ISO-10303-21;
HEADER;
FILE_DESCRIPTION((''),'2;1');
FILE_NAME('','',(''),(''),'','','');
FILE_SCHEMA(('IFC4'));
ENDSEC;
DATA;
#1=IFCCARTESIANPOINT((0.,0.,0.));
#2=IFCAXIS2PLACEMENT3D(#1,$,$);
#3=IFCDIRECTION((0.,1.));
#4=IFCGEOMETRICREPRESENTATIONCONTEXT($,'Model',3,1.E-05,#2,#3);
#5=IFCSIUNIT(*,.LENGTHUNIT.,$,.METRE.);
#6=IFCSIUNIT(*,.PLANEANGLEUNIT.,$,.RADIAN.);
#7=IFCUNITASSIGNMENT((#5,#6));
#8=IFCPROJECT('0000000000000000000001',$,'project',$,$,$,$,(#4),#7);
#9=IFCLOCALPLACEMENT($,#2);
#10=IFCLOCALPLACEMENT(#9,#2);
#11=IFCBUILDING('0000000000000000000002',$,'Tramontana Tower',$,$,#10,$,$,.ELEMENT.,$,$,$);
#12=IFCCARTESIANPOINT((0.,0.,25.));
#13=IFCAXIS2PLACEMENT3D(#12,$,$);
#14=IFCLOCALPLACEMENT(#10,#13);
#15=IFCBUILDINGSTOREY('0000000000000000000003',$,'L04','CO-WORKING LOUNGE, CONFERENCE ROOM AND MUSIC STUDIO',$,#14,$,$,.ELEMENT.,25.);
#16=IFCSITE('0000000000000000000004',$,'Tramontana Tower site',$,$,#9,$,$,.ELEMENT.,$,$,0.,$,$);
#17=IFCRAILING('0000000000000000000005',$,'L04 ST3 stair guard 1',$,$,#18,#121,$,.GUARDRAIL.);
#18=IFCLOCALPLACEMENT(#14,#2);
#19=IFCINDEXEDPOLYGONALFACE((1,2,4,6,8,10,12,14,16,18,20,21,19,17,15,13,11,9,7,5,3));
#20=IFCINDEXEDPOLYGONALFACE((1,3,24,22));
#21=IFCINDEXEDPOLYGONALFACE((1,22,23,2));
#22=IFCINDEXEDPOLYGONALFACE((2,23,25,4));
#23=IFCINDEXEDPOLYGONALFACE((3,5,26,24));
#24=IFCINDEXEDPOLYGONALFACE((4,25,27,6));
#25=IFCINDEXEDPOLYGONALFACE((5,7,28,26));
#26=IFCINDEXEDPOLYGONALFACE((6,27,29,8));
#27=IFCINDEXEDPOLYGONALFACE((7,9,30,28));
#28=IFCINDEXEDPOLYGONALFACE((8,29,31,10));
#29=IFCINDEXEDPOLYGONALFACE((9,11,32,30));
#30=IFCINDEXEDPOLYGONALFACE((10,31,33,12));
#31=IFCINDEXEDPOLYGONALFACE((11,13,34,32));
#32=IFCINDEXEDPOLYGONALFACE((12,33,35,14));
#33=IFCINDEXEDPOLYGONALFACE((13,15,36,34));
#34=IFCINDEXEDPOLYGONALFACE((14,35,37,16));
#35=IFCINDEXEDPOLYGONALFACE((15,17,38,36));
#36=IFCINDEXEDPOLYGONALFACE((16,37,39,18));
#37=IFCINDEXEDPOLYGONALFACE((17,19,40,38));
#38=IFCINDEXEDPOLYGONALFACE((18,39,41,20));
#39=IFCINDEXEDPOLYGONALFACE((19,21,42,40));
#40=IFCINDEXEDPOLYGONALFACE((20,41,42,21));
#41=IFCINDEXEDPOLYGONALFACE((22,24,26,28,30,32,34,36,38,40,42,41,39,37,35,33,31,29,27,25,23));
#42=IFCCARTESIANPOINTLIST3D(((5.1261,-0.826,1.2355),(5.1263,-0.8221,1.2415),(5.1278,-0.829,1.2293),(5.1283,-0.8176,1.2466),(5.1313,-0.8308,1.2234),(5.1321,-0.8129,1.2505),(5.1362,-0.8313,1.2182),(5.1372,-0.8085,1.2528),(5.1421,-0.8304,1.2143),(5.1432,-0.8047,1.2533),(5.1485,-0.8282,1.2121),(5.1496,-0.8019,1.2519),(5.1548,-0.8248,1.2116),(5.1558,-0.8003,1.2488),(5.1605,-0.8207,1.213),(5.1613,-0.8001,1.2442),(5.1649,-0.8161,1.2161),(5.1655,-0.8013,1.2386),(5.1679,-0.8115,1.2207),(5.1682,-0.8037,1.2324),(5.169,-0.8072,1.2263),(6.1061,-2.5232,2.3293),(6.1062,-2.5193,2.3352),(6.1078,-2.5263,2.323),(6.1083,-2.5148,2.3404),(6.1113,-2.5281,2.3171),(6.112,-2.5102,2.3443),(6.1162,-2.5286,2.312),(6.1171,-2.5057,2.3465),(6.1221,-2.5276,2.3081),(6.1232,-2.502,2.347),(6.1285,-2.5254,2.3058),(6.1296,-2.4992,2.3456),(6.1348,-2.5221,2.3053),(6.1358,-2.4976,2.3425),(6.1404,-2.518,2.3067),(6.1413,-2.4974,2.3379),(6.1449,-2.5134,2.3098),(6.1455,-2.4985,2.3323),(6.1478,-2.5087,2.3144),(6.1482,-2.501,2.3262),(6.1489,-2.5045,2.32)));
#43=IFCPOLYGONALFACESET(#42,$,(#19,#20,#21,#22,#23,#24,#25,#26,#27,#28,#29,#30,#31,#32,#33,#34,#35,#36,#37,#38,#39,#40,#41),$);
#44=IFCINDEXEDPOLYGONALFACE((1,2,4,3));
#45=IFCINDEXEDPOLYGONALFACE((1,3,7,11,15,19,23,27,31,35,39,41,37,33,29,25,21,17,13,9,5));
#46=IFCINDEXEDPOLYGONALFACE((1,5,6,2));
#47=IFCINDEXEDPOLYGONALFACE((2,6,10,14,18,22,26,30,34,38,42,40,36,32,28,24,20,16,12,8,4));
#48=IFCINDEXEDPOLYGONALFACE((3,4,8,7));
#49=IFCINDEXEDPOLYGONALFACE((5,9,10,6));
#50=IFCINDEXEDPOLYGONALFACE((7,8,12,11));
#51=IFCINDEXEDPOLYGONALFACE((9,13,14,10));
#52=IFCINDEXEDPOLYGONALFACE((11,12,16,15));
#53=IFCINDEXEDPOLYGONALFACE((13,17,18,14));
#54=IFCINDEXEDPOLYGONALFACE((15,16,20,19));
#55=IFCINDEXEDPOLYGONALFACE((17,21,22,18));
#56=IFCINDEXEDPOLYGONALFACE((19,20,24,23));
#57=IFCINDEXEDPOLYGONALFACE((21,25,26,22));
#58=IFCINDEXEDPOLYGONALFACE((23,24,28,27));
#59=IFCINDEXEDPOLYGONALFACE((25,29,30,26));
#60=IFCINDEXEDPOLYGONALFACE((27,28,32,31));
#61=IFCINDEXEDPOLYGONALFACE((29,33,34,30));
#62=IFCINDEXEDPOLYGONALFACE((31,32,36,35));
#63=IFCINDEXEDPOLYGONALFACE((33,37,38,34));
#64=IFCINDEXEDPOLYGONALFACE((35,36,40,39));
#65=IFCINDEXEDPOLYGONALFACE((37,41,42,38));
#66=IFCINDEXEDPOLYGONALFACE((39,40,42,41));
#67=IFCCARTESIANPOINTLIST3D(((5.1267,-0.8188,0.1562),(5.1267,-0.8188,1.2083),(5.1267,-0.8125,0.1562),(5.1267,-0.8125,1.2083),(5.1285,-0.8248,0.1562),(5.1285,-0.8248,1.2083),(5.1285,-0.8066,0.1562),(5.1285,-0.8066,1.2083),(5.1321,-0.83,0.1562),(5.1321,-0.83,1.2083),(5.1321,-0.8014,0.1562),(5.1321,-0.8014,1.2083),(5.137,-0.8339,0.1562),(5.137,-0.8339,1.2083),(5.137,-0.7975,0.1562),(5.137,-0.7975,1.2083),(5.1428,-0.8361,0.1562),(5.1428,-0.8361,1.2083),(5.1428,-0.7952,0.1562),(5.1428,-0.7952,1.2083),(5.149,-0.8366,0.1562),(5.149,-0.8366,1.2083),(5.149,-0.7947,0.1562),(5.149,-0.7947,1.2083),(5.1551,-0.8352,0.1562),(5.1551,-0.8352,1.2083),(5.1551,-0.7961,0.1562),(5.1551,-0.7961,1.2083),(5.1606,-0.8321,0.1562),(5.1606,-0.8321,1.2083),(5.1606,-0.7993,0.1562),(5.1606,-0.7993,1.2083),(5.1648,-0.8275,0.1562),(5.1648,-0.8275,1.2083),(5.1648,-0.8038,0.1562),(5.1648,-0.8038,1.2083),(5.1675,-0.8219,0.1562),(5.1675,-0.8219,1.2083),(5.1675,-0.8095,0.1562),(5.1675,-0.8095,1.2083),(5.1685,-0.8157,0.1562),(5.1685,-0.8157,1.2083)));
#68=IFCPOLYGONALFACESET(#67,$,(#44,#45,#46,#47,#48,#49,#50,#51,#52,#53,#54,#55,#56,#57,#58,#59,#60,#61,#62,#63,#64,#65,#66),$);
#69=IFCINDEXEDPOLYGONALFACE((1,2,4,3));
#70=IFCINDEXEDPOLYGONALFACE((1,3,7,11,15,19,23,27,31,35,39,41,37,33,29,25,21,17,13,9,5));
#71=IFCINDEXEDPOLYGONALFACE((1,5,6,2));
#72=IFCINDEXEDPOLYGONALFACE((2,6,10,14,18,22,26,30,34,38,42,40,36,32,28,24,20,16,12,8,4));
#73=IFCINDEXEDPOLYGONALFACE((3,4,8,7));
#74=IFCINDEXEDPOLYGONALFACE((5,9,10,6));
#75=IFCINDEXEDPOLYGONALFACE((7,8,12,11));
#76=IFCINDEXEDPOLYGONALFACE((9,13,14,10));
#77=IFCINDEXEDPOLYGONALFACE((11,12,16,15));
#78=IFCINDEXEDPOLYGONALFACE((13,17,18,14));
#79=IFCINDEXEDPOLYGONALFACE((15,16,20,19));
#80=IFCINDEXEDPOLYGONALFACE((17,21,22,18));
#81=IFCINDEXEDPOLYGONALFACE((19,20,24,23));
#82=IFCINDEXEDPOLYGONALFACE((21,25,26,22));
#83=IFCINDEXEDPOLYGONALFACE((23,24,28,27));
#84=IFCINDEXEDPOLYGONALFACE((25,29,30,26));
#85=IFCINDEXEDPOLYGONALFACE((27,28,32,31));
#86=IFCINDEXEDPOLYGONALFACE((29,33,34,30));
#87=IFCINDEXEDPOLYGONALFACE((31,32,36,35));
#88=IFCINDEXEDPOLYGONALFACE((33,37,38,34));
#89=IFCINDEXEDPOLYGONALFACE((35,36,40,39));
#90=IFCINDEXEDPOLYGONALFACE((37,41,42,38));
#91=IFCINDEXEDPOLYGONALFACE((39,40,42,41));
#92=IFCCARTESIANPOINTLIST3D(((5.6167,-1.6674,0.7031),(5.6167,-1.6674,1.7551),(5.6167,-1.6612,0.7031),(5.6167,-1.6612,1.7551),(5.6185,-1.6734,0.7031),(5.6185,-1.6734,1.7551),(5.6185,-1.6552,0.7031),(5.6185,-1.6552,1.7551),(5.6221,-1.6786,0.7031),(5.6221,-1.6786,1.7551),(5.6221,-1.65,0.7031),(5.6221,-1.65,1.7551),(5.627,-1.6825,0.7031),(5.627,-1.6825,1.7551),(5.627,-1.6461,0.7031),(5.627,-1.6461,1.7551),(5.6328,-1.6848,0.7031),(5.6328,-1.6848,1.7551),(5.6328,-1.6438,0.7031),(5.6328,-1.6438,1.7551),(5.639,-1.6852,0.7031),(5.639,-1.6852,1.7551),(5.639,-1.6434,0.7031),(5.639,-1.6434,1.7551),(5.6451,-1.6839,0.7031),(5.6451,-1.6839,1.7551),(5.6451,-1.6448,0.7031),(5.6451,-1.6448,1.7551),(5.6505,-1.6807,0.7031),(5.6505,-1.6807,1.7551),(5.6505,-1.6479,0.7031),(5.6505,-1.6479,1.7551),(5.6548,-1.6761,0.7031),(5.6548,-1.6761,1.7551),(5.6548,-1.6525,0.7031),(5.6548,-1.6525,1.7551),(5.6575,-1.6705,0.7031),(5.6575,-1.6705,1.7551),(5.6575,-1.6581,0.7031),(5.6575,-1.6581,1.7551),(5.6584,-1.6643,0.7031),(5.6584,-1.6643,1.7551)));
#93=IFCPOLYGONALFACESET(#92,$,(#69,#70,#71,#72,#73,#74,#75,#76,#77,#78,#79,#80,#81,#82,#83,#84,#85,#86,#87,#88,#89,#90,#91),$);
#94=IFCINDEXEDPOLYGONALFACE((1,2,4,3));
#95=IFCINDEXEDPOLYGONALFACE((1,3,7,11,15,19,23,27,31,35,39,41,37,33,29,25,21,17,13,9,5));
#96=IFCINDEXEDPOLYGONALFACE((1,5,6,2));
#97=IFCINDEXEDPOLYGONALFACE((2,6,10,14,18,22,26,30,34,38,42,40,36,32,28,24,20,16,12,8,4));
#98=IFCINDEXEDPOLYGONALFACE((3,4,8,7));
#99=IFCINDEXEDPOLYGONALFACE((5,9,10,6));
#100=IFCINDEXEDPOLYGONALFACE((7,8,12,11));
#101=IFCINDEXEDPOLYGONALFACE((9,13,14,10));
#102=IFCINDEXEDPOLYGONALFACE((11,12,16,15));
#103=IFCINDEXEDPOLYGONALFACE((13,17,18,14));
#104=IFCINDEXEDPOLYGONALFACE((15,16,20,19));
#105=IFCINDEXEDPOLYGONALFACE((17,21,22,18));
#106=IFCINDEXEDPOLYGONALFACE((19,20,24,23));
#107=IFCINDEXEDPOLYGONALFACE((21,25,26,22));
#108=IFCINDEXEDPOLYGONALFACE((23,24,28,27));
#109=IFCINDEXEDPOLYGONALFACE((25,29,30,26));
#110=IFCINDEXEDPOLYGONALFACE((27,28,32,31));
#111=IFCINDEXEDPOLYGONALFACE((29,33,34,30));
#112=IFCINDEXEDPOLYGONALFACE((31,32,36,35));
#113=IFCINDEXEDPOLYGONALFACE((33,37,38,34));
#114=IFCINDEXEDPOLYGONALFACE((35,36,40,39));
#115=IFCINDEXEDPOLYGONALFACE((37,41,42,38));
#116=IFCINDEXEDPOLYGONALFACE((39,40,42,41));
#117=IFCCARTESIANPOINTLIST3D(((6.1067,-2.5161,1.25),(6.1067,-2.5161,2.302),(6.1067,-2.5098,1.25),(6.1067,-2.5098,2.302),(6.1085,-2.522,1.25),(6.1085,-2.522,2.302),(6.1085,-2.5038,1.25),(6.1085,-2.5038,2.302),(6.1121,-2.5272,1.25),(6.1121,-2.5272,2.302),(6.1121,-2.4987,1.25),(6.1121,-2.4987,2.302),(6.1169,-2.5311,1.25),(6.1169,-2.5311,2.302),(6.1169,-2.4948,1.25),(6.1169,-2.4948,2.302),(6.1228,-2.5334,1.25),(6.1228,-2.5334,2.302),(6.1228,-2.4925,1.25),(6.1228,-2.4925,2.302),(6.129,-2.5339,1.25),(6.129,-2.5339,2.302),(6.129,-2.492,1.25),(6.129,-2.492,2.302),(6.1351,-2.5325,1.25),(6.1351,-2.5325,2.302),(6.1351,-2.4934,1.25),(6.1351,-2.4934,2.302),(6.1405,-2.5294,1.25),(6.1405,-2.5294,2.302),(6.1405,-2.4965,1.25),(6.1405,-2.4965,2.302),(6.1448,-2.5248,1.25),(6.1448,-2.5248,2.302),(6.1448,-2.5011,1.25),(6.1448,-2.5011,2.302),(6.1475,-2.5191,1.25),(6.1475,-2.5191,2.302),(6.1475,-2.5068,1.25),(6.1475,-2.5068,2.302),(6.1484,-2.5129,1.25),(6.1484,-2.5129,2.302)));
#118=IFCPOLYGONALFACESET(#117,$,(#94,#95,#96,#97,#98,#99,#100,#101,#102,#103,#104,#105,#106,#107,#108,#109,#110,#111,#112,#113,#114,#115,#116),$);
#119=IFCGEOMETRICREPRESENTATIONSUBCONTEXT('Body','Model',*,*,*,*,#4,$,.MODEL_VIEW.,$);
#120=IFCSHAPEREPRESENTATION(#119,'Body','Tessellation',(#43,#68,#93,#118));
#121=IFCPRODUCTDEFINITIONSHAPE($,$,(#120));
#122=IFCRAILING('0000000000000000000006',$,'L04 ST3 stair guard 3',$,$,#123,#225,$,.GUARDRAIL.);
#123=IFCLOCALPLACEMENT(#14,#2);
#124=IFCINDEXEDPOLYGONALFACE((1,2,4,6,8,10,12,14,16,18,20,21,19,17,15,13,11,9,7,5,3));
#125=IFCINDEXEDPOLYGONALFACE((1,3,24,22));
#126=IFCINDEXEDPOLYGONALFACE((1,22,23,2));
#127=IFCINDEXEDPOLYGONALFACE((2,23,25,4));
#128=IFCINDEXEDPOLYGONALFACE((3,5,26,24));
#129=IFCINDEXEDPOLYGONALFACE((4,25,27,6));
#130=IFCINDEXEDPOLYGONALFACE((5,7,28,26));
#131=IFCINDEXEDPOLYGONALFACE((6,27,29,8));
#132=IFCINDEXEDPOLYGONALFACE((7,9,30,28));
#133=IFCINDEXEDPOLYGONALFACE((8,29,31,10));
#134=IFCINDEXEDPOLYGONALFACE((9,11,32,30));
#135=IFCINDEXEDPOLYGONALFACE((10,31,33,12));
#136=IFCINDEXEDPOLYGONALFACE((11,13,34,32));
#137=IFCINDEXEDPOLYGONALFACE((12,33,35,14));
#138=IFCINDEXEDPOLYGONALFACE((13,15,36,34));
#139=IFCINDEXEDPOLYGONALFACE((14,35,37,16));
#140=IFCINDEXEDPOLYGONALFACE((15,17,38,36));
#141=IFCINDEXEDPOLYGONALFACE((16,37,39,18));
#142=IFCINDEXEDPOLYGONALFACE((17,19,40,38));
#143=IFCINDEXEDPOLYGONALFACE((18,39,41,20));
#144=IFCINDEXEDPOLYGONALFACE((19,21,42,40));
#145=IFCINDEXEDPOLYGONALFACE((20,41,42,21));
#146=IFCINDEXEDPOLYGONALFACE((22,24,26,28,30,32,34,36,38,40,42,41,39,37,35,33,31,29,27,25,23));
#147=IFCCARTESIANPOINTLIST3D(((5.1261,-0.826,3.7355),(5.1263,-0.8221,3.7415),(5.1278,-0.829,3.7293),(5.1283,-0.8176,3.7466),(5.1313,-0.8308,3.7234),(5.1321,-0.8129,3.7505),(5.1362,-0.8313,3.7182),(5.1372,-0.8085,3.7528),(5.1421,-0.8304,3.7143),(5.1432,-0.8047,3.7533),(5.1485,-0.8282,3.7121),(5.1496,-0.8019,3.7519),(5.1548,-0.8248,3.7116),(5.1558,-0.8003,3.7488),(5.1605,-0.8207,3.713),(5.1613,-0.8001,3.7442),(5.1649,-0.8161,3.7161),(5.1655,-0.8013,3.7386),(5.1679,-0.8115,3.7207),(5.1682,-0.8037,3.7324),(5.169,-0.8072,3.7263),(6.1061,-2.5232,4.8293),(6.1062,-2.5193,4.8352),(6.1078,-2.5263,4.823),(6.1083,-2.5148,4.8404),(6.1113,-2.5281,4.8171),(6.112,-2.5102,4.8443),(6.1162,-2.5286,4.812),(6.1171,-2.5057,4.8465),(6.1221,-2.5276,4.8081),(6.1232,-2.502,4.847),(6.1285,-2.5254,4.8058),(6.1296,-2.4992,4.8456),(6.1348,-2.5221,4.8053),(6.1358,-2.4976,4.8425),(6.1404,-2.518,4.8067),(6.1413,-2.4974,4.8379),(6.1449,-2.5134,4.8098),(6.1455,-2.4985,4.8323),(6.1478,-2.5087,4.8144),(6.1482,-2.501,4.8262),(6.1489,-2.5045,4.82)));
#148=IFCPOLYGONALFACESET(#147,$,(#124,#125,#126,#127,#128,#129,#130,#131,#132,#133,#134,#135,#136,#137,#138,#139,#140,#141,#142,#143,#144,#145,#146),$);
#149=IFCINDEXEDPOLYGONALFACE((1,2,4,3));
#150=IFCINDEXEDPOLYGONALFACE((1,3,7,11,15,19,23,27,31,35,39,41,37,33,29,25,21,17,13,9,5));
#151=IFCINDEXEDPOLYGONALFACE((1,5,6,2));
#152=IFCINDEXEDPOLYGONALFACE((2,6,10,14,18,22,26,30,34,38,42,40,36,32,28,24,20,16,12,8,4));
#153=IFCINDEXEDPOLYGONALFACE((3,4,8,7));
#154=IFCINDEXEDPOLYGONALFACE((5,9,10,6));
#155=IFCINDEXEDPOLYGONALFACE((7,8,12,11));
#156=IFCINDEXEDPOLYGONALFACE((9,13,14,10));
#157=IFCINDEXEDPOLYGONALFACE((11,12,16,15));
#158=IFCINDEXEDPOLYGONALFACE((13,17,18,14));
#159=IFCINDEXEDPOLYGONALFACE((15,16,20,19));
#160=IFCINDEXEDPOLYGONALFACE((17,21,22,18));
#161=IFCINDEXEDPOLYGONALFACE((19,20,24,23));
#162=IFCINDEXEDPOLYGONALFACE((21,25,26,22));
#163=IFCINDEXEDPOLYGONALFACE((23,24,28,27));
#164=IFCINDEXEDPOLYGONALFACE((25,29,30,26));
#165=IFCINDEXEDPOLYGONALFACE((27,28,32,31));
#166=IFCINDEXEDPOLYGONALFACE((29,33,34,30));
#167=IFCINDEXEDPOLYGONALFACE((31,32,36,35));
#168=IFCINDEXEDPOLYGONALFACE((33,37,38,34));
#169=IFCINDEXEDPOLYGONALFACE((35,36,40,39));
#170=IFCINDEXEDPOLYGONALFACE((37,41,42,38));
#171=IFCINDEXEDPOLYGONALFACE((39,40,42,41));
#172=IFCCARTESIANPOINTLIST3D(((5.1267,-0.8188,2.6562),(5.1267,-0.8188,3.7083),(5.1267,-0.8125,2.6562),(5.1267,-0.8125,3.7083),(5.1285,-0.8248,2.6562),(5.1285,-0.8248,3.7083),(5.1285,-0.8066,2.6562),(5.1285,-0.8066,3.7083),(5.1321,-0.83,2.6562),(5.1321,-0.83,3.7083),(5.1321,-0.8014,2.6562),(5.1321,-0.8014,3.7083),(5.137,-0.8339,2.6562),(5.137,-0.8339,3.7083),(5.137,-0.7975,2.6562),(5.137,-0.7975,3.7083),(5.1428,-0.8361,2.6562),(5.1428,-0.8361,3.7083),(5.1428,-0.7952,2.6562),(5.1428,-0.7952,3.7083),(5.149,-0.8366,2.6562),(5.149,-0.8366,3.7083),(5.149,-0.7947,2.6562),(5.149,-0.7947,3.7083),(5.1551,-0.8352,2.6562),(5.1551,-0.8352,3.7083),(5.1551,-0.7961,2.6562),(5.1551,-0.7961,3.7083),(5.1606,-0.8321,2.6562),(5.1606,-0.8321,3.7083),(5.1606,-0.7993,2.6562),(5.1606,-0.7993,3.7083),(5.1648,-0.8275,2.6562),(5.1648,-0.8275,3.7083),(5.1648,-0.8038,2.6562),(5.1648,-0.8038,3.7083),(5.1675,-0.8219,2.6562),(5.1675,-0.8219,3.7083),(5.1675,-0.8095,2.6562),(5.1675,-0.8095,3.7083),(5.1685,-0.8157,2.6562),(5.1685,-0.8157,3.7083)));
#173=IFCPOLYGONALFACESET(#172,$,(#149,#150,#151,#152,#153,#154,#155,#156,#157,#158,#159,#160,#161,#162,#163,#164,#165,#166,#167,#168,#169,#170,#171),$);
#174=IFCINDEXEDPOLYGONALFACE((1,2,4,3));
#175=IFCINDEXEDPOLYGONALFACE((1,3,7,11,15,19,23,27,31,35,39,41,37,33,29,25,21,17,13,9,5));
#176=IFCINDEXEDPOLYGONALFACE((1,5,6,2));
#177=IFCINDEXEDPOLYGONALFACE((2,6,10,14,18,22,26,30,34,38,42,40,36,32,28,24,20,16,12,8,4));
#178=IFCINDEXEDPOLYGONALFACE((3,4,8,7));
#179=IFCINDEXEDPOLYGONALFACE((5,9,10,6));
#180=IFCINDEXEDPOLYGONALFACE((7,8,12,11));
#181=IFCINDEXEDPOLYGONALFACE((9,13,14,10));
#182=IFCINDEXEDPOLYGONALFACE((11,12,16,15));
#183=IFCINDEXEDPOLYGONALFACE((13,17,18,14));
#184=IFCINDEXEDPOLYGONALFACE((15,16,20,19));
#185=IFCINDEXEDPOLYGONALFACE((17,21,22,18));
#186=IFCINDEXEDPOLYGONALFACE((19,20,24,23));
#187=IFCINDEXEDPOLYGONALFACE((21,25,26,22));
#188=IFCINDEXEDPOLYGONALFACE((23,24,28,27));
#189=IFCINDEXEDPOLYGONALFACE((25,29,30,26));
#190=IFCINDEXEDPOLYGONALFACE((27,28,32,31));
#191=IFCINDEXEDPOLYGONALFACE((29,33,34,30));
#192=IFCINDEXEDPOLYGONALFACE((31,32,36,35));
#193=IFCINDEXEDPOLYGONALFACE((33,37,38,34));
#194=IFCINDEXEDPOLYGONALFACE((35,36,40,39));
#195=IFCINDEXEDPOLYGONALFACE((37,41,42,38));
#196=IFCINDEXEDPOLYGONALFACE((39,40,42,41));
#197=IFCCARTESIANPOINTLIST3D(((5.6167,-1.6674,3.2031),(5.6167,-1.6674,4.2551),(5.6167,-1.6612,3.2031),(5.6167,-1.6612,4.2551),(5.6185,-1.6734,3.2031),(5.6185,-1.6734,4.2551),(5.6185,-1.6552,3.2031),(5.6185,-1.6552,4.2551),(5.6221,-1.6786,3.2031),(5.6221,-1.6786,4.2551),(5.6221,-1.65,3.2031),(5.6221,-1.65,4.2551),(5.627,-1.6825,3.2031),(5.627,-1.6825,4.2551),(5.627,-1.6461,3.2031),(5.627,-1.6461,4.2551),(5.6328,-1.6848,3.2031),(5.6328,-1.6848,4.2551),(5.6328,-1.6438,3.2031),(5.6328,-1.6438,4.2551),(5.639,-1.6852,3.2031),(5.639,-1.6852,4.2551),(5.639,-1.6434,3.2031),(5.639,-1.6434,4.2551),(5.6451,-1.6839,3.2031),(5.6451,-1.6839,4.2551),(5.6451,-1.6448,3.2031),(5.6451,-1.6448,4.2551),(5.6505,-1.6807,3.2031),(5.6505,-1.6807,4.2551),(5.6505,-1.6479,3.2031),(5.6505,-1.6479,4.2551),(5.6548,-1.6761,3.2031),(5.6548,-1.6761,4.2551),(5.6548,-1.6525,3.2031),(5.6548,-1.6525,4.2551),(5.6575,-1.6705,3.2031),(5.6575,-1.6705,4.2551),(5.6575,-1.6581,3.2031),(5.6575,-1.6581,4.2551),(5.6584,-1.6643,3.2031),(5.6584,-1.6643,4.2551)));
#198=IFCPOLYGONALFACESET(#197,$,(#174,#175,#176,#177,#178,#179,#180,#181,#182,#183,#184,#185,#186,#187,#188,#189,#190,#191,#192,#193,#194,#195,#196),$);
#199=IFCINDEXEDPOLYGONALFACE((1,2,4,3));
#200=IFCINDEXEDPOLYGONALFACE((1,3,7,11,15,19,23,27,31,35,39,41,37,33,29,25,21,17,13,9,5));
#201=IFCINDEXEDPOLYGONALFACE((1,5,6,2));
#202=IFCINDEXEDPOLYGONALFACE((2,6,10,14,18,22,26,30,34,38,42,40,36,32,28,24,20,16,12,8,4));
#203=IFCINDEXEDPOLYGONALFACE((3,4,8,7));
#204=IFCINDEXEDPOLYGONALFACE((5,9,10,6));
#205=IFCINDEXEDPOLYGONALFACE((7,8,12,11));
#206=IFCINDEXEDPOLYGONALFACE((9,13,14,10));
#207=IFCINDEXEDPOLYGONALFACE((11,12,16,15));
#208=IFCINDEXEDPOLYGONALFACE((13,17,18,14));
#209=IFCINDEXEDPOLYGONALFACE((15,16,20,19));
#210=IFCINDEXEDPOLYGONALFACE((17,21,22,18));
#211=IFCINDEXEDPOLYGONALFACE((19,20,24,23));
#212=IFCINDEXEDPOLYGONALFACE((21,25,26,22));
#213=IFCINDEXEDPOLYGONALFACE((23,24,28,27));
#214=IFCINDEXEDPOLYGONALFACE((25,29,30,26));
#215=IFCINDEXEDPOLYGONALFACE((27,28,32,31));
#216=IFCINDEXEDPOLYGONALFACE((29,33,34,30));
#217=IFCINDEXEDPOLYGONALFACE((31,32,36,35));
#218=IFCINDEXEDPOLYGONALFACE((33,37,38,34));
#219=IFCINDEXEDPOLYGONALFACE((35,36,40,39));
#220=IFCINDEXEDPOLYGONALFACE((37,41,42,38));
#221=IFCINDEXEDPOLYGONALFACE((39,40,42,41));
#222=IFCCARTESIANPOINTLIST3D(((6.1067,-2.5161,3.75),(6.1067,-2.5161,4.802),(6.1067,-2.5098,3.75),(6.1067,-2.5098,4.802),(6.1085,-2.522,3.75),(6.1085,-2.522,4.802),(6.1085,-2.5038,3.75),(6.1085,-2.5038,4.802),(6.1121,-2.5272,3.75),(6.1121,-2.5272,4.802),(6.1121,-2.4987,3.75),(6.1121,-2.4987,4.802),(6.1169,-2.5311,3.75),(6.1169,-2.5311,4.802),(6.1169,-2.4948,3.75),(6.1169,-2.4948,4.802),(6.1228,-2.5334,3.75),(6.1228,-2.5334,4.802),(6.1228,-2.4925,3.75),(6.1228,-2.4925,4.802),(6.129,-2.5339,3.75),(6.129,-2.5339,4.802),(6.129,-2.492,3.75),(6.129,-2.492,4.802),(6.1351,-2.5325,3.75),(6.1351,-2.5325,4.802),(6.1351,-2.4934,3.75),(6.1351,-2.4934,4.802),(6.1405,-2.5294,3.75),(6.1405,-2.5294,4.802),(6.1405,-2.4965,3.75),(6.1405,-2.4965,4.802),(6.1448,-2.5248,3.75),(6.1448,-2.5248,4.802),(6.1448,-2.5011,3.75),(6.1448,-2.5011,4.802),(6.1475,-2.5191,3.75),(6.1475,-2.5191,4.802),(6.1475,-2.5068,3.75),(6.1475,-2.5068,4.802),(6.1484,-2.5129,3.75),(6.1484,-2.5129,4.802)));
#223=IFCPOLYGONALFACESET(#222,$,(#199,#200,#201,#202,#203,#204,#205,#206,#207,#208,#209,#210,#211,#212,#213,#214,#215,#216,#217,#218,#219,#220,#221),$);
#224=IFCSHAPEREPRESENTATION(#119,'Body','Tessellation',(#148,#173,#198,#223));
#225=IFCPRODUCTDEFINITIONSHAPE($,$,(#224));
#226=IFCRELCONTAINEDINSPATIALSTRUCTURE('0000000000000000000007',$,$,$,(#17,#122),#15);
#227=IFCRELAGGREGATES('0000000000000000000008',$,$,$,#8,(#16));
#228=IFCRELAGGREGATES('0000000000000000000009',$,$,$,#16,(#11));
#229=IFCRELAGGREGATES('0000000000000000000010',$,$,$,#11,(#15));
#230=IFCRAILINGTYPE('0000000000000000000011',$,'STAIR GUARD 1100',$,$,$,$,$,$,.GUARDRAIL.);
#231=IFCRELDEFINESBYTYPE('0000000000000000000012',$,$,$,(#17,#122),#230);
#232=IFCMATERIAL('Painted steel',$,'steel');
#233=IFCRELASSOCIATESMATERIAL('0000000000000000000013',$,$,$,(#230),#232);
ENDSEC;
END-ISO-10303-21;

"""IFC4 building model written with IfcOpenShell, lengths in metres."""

from ifc_helpers import new_model, si_unit, direction, frame, origin, origin_2d, place, context, subcontext, project, spatial, circle, extrude, material, type_object, element, save


model = new_model("IFC4")

# Units and contexts
model_context = context("Model", 3, precision=1e-05, world=origin(), true_north=direction((0.0, 1.0)))
body_context = subcontext(model_context, "Body", "Model", "MODEL_VIEW")
ifc_project = project(units=[si_unit("LENGTHUNIT", "METRE"), si_unit("PLANEANGLEUNIT", "RADIAN")], contexts=[model_context])

# Site, building, storey
site_placement = place(None, origin())
site = spatial("IfcSite", under=ifc_project, at=site_placement, Name="Tramontana Tower site", CompositionType="ELEMENT", RefElevation=0.0)
building_placement = place(site_placement, origin())
building = spatial("IfcBuilding", under=site, at=building_placement, Name="Tramontana Tower", CompositionType="ELEMENT")
storey_placement = place(building_placement, frame((0.0, 0.0, 25.0)))
storey = spatial("IfcBuildingStorey", under=building, at=storey_placement, Name="L04", Description="CO-WORKING LOUNGE, CONFERENCE ROOM AND MUSIC STUDIO", CompositionType="ELEMENT", Elevation=25.0)

# Railings
ifc_material_1 = material(Name="Painted steel", Category="steel")
railing_type_1 = type_object("IfcRailingType", Name="STAIR GUARD 1100", PredefinedType="GUARDRAIL", material=ifc_material_1)
for number, where, name in (
    (1, (5.1475, -0.8157, 0.1562), "L04 ST3 stair guard 1"),
    (2, (5.1475, -0.8157, 2.6562), "L04 ST3 stair guard 3"),
):
    element("IfcRailing", number, at=place(storey_placement, frame(where)), inside=storey, type_object=railing_type_1, Name=name, PredefinedType="GUARDRAIL", context=body_context, shape_type="SweptSolid", body=[
        extrude(circle(Radius=0.0239, at=origin_2d()), frame((0.0, 0.0, 1.0762), z_axis=(0.436632, -0.75622, 0.487323), x_axis=(0.866011, 0.500024, 0.0)), (0.0, 0.0, 1.0), 2.2444),
        extrude(circle(Radius=0.021, at=origin_2d()), origin(), (0.0, 0.0, 1.0), 1.052),
        extrude(circle(Radius=0.021, at=origin_2d()), frame((0.49, -0.8486, 0.5469)), (0.0, 0.0, 1.0), 1.052),
        extrude(circle(Radius=0.021, at=origin_2d()), frame((0.98, -1.6973, 1.0938)), (0.0, 0.0, 1.0), 1.052),
    ])

save(model, "model.ifc")
